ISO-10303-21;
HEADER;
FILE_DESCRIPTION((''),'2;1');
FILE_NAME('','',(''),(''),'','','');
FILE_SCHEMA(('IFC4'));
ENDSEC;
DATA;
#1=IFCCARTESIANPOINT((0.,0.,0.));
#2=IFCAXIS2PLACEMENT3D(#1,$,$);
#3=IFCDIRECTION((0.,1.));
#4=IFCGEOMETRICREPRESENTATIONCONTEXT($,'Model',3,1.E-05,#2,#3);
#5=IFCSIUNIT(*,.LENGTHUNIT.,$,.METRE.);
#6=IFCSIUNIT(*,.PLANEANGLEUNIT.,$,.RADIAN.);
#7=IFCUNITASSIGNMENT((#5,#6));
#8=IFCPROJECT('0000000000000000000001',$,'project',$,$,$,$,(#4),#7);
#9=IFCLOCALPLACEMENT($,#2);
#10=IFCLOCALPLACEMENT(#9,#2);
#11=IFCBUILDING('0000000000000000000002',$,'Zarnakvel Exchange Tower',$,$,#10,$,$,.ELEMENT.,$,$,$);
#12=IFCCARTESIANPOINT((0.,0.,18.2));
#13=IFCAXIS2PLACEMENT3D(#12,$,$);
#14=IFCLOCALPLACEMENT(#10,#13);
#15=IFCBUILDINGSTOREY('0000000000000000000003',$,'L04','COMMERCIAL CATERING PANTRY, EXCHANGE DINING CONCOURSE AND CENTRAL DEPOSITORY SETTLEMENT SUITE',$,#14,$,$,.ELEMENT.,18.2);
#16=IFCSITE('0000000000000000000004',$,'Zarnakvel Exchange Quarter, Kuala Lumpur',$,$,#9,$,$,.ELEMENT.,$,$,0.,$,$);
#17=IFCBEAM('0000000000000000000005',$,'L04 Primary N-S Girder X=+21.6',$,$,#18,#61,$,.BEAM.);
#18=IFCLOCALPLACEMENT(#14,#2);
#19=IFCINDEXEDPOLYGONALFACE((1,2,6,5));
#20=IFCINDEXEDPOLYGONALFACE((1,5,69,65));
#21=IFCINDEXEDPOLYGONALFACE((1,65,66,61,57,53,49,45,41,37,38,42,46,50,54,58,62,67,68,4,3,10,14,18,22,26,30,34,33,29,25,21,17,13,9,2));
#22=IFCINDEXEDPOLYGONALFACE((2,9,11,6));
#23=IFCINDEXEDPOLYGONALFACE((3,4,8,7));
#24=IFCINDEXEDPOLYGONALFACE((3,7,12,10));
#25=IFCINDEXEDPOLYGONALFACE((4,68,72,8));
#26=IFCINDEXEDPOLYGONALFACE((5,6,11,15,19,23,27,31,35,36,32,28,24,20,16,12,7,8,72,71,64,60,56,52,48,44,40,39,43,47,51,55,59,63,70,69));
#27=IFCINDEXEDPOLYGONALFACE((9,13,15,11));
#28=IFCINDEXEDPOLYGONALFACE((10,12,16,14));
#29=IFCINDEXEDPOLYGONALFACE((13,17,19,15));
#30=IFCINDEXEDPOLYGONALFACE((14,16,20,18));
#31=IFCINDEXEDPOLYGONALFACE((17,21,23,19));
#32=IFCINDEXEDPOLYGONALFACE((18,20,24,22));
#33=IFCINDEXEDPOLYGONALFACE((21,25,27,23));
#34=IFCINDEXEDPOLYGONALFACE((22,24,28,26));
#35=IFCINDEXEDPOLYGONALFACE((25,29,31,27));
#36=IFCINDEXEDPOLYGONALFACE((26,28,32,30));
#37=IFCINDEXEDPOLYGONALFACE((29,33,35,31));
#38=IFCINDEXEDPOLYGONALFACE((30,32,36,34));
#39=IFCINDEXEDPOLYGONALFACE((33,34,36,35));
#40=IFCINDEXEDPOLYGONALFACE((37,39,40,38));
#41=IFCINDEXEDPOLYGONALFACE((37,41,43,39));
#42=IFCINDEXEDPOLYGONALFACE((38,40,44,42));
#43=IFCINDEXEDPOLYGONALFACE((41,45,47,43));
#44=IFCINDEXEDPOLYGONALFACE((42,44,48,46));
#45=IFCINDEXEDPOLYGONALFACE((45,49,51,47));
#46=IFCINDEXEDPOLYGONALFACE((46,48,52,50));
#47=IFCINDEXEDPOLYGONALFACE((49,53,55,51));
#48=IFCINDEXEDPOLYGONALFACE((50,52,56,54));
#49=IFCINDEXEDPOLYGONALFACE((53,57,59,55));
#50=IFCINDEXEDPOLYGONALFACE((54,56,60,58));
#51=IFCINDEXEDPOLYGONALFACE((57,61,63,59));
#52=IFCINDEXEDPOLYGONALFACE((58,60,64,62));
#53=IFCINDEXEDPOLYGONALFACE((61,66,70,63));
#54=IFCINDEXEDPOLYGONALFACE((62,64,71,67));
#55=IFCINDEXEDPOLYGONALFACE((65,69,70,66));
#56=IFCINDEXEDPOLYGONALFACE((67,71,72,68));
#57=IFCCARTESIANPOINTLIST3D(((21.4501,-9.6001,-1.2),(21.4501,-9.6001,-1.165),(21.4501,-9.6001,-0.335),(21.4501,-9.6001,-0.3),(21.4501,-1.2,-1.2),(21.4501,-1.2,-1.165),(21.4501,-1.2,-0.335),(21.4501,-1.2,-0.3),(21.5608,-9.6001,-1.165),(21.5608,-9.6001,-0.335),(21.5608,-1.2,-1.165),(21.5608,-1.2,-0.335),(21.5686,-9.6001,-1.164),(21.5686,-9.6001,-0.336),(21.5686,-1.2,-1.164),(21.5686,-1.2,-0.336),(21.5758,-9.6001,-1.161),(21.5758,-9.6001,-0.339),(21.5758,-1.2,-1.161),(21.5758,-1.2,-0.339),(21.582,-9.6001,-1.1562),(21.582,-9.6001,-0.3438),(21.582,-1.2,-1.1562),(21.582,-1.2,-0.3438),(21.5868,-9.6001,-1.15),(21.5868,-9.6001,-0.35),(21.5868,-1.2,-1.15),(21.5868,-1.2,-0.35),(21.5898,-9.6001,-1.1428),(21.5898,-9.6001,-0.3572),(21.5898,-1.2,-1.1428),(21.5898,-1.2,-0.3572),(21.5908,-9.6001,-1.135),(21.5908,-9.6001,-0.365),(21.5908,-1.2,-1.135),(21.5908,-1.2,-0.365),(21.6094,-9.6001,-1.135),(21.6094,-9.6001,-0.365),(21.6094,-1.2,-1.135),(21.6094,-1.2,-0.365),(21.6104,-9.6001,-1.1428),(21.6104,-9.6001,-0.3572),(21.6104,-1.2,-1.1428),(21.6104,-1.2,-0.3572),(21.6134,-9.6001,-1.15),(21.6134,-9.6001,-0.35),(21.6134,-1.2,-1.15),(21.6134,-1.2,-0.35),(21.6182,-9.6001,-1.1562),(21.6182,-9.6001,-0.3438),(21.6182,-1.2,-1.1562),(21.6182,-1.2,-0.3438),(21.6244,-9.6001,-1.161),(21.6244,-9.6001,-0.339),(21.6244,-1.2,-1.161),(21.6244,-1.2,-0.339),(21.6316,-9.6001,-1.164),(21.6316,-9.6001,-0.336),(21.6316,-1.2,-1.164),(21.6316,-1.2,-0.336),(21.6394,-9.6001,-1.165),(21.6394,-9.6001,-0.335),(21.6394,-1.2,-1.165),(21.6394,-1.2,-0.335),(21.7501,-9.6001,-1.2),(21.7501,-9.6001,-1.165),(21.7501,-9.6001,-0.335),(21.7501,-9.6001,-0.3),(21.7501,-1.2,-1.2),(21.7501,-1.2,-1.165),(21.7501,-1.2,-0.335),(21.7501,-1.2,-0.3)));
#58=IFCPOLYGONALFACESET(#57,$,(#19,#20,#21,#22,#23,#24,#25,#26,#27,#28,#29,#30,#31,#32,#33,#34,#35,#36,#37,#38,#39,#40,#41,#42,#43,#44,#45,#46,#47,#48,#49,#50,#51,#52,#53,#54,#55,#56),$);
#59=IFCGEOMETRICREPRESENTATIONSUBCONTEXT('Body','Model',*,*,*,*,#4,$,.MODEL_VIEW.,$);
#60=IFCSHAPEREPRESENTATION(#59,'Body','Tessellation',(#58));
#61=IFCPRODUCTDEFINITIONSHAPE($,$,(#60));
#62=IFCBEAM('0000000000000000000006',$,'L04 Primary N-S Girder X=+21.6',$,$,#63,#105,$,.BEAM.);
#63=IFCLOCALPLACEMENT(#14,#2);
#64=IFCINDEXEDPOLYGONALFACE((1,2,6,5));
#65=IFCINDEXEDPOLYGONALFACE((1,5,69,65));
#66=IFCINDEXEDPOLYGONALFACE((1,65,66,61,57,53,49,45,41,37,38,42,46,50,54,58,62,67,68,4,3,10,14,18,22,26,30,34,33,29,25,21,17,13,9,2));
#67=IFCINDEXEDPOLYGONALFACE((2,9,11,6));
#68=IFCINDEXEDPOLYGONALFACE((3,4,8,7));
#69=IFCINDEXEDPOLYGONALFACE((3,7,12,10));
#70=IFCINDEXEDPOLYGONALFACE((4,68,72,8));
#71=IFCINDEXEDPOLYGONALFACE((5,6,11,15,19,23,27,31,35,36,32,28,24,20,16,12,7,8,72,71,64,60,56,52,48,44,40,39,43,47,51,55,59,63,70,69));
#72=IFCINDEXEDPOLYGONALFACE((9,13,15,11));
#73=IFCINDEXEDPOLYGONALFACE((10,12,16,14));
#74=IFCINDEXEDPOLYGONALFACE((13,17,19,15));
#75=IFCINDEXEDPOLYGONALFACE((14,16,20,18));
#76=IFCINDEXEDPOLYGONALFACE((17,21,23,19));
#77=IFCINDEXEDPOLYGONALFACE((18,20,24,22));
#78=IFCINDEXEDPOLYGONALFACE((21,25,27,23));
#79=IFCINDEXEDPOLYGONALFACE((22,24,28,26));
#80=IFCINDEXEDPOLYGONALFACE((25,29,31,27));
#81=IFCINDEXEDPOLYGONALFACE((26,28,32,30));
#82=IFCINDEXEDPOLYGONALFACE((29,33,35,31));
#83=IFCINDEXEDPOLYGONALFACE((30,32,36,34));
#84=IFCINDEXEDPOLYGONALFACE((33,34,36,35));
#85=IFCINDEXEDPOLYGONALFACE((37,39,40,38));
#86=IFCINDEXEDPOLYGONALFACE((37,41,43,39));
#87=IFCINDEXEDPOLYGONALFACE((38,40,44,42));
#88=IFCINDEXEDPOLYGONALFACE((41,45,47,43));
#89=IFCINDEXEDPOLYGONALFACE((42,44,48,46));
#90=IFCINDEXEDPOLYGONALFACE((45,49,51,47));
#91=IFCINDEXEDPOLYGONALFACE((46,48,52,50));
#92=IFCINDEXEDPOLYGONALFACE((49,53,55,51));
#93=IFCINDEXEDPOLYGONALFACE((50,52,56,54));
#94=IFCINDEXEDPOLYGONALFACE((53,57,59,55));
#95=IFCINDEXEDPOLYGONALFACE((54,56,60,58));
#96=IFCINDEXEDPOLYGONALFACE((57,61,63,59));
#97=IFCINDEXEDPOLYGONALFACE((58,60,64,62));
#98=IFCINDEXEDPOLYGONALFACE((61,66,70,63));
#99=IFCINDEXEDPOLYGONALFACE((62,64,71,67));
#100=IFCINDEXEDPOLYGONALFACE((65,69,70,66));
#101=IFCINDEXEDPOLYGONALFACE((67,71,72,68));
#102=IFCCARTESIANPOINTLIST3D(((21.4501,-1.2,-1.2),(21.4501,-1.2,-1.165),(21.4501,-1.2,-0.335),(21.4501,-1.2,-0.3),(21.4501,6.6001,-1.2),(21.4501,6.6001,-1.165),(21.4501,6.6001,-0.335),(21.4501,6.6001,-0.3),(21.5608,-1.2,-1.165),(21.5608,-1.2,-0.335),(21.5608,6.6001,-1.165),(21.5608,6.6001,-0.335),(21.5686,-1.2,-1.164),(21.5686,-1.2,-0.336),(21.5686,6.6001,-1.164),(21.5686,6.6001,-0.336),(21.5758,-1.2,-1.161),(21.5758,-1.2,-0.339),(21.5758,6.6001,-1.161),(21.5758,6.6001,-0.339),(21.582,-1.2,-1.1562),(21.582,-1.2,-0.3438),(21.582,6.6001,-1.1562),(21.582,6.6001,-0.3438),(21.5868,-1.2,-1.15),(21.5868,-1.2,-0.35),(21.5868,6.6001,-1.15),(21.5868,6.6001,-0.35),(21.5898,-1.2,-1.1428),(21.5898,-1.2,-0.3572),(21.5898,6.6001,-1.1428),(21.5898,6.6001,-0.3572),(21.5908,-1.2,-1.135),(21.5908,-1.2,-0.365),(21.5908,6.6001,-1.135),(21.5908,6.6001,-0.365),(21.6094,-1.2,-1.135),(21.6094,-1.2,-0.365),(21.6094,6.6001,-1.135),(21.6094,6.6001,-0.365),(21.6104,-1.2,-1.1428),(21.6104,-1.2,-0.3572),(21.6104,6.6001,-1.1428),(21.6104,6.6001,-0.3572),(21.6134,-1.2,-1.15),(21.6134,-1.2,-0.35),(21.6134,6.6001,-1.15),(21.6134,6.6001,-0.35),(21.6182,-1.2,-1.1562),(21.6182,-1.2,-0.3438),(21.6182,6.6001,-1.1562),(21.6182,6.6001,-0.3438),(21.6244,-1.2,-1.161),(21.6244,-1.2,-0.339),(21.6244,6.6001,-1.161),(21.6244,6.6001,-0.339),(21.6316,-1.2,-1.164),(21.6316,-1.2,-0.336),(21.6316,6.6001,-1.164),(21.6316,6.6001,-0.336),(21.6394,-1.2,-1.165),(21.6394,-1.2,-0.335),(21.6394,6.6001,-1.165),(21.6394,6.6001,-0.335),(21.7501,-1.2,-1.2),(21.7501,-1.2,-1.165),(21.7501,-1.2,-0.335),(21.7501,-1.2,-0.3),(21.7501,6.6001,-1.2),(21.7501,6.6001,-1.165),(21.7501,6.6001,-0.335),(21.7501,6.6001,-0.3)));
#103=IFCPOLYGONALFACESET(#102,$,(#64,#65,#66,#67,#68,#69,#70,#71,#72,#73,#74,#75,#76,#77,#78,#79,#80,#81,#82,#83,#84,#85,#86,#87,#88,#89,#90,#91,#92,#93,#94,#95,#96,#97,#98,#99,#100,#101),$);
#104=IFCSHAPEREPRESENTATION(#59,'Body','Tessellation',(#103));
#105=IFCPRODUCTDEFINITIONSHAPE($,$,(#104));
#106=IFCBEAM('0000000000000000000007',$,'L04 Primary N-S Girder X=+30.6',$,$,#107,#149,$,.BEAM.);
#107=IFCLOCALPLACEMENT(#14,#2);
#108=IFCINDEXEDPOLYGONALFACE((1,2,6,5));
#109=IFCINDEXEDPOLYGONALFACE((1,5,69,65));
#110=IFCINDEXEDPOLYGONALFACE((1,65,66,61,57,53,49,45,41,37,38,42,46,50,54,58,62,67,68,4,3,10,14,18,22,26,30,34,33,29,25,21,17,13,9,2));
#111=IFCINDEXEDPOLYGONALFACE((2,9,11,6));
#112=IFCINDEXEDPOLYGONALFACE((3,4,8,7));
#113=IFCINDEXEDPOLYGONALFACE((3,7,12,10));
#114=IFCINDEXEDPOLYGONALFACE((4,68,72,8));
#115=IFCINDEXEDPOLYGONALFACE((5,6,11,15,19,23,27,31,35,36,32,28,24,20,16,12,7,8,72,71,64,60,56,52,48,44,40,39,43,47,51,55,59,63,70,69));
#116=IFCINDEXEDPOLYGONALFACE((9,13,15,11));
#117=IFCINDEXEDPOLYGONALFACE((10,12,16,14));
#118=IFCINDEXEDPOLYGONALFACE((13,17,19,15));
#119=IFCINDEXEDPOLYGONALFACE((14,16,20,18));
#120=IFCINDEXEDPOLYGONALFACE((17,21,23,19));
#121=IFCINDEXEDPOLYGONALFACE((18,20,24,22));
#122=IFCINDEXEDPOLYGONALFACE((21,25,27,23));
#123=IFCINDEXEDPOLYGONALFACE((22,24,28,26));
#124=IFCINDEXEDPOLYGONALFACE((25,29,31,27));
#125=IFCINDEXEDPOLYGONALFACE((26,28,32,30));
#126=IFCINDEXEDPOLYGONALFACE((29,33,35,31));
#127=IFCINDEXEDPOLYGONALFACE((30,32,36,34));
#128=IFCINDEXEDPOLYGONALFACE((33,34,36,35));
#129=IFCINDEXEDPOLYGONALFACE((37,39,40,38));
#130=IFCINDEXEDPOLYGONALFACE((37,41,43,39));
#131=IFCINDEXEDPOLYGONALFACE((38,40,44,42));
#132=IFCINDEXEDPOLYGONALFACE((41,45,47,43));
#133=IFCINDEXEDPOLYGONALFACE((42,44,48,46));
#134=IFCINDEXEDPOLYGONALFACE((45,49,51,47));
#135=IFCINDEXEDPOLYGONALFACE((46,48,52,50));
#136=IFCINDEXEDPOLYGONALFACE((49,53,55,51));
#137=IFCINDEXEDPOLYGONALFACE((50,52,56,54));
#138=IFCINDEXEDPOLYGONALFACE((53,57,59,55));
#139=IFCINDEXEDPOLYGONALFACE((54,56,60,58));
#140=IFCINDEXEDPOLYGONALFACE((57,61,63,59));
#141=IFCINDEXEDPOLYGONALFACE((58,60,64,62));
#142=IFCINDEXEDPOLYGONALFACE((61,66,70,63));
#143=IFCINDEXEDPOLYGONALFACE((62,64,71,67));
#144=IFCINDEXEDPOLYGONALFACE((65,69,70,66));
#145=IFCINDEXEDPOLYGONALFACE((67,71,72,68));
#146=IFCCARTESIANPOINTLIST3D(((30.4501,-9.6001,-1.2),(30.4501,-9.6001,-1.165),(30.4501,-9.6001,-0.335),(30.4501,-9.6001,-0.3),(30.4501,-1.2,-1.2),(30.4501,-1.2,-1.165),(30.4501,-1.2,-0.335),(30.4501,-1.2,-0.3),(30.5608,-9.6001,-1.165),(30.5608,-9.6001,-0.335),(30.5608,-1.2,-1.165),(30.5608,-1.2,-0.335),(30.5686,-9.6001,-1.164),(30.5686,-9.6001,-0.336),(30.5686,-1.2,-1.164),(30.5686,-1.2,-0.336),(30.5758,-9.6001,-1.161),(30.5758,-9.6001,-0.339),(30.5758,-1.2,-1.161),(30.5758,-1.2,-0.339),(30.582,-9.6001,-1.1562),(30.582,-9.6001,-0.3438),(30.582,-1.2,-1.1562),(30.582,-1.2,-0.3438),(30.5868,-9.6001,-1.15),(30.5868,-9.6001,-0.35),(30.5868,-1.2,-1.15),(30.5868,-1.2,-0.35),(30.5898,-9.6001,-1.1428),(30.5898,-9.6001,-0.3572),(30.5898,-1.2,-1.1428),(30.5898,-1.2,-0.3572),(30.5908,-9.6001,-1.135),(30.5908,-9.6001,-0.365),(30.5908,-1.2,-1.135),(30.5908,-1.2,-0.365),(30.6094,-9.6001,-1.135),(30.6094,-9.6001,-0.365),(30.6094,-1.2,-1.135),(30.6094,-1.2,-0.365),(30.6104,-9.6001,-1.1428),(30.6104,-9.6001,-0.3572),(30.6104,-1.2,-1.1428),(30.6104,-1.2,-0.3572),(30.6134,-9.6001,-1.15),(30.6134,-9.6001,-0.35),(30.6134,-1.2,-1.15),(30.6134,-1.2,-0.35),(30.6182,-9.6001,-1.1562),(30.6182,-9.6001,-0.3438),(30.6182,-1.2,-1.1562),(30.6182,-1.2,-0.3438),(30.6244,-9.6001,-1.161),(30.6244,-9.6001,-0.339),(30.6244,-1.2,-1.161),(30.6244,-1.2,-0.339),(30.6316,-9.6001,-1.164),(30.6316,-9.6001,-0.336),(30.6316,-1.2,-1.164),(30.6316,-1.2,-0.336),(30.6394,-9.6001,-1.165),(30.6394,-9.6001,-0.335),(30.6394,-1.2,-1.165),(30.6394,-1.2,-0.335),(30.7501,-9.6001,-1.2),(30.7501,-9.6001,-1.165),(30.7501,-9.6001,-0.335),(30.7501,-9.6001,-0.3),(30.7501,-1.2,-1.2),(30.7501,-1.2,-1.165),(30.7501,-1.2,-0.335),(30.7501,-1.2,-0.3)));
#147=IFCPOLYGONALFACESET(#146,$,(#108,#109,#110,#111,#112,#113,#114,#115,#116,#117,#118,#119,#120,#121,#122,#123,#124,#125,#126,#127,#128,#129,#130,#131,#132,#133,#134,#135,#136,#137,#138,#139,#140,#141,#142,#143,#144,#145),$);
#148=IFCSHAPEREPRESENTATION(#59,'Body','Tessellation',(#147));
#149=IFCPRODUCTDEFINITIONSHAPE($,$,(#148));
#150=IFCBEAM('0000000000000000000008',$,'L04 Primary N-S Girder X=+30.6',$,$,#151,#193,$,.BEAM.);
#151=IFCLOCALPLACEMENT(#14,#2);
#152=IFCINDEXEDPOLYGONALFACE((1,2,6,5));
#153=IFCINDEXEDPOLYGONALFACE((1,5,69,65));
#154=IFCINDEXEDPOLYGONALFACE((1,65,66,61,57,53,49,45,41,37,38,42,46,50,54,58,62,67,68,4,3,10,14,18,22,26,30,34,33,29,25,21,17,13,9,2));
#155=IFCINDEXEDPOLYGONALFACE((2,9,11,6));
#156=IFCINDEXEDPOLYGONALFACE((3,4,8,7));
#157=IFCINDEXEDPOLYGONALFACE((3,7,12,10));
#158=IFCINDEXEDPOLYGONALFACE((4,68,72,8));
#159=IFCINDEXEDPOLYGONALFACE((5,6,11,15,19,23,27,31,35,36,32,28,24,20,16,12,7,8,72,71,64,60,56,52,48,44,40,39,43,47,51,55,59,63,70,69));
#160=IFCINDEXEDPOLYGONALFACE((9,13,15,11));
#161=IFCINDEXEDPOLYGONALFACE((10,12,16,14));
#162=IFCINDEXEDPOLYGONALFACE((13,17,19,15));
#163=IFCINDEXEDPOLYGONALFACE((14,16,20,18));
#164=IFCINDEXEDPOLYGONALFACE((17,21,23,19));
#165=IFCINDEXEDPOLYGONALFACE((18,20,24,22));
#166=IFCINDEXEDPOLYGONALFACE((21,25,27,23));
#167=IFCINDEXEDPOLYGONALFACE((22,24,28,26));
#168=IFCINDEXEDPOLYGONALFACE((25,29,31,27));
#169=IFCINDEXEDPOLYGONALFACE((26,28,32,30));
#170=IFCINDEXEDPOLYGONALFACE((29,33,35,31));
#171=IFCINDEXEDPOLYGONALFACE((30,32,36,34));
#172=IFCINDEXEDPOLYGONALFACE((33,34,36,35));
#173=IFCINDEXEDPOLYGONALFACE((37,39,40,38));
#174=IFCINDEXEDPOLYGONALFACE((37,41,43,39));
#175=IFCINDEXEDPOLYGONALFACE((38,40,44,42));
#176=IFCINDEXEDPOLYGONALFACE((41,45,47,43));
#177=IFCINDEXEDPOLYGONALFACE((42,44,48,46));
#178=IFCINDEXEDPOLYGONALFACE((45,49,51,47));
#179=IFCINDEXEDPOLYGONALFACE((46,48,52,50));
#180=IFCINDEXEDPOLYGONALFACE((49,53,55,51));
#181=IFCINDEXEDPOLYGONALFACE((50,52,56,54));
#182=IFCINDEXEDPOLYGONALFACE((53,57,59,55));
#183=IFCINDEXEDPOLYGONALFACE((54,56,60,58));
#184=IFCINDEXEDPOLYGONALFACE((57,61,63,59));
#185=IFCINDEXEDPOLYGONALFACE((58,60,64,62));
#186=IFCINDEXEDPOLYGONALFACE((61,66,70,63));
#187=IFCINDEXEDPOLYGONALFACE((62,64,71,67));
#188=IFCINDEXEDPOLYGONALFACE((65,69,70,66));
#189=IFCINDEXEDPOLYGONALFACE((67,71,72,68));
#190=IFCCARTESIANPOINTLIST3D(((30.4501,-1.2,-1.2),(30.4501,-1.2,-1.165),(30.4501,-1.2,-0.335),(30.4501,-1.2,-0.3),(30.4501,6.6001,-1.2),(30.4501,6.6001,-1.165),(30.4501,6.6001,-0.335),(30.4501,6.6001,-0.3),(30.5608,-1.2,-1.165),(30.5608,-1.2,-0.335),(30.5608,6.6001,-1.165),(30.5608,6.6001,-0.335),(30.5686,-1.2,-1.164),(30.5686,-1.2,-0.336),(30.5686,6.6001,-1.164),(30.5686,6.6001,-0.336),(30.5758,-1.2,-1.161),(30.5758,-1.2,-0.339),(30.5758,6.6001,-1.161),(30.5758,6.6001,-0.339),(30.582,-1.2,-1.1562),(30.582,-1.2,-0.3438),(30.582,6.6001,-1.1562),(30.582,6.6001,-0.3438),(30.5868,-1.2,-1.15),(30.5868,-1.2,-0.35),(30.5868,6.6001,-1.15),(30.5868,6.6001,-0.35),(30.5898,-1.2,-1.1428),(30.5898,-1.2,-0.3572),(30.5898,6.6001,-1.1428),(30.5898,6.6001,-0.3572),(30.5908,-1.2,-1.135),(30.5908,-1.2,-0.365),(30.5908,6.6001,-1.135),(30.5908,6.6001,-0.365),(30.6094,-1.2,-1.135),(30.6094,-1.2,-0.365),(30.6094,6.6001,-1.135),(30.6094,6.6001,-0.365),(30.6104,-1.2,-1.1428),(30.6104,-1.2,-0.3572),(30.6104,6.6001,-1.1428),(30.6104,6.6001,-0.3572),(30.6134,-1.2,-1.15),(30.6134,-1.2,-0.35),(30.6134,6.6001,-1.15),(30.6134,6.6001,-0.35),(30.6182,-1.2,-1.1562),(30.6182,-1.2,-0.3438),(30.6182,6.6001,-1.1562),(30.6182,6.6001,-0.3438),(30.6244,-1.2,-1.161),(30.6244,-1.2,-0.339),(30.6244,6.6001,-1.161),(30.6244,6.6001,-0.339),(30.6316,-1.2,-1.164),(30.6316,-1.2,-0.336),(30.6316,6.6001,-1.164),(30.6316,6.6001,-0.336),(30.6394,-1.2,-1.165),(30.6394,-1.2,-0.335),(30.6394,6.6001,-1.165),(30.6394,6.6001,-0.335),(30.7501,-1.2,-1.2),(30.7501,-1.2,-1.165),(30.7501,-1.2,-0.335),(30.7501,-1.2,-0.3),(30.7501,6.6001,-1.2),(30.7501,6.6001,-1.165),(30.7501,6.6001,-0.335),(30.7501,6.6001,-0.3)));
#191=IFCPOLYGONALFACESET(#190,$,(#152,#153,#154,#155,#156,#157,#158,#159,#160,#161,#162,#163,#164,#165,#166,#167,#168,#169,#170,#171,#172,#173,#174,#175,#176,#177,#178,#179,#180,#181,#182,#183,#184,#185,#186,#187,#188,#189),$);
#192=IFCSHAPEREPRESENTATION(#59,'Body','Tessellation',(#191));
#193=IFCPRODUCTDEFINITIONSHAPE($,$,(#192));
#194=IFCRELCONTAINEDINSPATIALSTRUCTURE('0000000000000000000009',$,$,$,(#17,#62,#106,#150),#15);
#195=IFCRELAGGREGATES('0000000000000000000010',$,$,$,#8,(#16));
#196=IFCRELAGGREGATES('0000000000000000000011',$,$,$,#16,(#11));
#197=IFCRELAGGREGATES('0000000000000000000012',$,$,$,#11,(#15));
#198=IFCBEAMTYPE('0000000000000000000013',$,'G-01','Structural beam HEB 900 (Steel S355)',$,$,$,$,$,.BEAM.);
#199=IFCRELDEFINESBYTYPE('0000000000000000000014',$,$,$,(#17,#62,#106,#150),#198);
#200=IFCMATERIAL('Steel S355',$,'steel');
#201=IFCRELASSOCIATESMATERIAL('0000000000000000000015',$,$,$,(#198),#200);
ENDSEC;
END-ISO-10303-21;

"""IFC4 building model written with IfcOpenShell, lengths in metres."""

from ifc_helpers import new_model, si_unit, direction, frame, origin, origin_2d, place, context, subcontext, project, spatial, i_section, extrude, material, material_profile, profile_set, type_object, element, save


model = new_model("IFC4")

# Units and contexts
model_context = context("Model", 3, precision=1e-05, world=origin(), true_north=direction((0.0, 1.0)))
body_context = subcontext(model_context, "Body", "Model", "MODEL_VIEW")
ifc_project = project(units=[si_unit("LENGTHUNIT", "METRE"), si_unit("PLANEANGLEUNIT", "RADIAN")], contexts=[model_context])

# Site, building, storey
site_placement = place(None, origin())
site = spatial("IfcSite", under=ifc_project, at=site_placement, Name="Zarnakvel Exchange Quarter, Kuala Lumpur", CompositionType="ELEMENT", RefElevation=0.0)
building_placement = place(site_placement, origin())
building = spatial("IfcBuilding", under=site, at=building_placement, Name="Zarnakvel Exchange Tower", CompositionType="ELEMENT")
storey_placement = place(building_placement, frame((0.0, 0.0, 18.2)))
storey = spatial("IfcBuildingStorey", under=building, at=storey_placement, Name="L04", Description="COMMERCIAL CATERING PANTRY, EXCHANGE DINING CONCOURSE AND CENTRAL DEPOSITORY SETTLEMENT SUITE", CompositionType="ELEMENT", Elevation=18.2)

# Beams
ifc_material_1 = material(Name="Steel S355", Category="steel")
ifc_material_profile_1 = material_profile(ifc_material_1, i_section(OverallWidth=0.3, OverallDepth=0.8999, WebThickness=0.0186, FlangeThickness=0.0349, FilletRadius=0.03, at=origin_2d()))
ifc_profile_set_1 = profile_set([ifc_material_profile_1], Name="Steel S355")
beam_type = type_object("IfcBeamType", Name="G-01", Description="Structural beam HEB 900 (Steel S355)", PredefinedType="BEAM", material=ifc_profile_set_1)
beam_1_placement = place(storey_placement, frame((21.6001, -9.6001, -0.75), z_axis=(0.0, 1.0, 0.0), x_axis=(-1.0, 0.0, 0.0)))
element("IfcBeam", 1, at=beam_1_placement, inside=storey, type_object=beam_type, Name="L04 Primary N-S Girder X=+21.6", PredefinedType="BEAM", context=body_context, shape_type="SweptSolid", body=[
    extrude(i_section(OverallWidth=0.3, OverallDepth=0.8999, WebThickness=0.0186, FlangeThickness=0.0349, FilletRadius=0.03, at=origin_2d()), origin(), (0.0, 0.0, 1.0), 8.4001),
])
beam_2_placement = place(storey_placement, frame((21.6001, -1.2, -0.75), z_axis=(0.0, 1.0, 0.0), x_axis=(-1.0, 0.0, 0.0)))
element("IfcBeam", 2, at=beam_2_placement, inside=storey, type_object=beam_type, Name="L04 Primary N-S Girder X=+21.6", PredefinedType="BEAM", context=body_context, shape_type="SweptSolid", body=[
    extrude(i_section(OverallWidth=0.3, OverallDepth=0.8999, WebThickness=0.0186, FlangeThickness=0.0349, FilletRadius=0.03, at=origin_2d()), origin(), (0.0, 0.0, 1.0), 7.8),
])
beam_3_placement = place(storey_placement, frame((30.6001, -9.6001, -0.75), z_axis=(0.0, 1.0, 0.0), x_axis=(-1.0, 0.0, 0.0)))
element("IfcBeam", 3, at=beam_3_placement, inside=storey, type_object=beam_type, Name="L04 Primary N-S Girder X=+30.6", PredefinedType="BEAM", context=body_context, shape_type="SweptSolid", body=[
    extrude(i_section(OverallWidth=0.3, OverallDepth=0.8999, WebThickness=0.0186, FlangeThickness=0.0349, FilletRadius=0.03, at=origin_2d()), origin(), (0.0, 0.0, 1.0), 8.4001),
])
beam_4_placement = place(storey_placement, frame((30.6001, -1.2, -0.75), z_axis=(0.0, 1.0, 0.0), x_axis=(-1.0, 0.0, 0.0)))
element("IfcBeam", 4, at=beam_4_placement, inside=storey, type_object=beam_type, Name="L04 Primary N-S Girder X=+30.6", PredefinedType="BEAM", context=body_context, shape_type="SweptSolid", body=[
    extrude(i_section(OverallWidth=0.3, OverallDepth=0.8999, WebThickness=0.0186, FlangeThickness=0.0349, FilletRadius=0.03, at=origin_2d()), origin(), (0.0, 0.0, 1.0), 7.8),
])

save(model, "model.ifc")
